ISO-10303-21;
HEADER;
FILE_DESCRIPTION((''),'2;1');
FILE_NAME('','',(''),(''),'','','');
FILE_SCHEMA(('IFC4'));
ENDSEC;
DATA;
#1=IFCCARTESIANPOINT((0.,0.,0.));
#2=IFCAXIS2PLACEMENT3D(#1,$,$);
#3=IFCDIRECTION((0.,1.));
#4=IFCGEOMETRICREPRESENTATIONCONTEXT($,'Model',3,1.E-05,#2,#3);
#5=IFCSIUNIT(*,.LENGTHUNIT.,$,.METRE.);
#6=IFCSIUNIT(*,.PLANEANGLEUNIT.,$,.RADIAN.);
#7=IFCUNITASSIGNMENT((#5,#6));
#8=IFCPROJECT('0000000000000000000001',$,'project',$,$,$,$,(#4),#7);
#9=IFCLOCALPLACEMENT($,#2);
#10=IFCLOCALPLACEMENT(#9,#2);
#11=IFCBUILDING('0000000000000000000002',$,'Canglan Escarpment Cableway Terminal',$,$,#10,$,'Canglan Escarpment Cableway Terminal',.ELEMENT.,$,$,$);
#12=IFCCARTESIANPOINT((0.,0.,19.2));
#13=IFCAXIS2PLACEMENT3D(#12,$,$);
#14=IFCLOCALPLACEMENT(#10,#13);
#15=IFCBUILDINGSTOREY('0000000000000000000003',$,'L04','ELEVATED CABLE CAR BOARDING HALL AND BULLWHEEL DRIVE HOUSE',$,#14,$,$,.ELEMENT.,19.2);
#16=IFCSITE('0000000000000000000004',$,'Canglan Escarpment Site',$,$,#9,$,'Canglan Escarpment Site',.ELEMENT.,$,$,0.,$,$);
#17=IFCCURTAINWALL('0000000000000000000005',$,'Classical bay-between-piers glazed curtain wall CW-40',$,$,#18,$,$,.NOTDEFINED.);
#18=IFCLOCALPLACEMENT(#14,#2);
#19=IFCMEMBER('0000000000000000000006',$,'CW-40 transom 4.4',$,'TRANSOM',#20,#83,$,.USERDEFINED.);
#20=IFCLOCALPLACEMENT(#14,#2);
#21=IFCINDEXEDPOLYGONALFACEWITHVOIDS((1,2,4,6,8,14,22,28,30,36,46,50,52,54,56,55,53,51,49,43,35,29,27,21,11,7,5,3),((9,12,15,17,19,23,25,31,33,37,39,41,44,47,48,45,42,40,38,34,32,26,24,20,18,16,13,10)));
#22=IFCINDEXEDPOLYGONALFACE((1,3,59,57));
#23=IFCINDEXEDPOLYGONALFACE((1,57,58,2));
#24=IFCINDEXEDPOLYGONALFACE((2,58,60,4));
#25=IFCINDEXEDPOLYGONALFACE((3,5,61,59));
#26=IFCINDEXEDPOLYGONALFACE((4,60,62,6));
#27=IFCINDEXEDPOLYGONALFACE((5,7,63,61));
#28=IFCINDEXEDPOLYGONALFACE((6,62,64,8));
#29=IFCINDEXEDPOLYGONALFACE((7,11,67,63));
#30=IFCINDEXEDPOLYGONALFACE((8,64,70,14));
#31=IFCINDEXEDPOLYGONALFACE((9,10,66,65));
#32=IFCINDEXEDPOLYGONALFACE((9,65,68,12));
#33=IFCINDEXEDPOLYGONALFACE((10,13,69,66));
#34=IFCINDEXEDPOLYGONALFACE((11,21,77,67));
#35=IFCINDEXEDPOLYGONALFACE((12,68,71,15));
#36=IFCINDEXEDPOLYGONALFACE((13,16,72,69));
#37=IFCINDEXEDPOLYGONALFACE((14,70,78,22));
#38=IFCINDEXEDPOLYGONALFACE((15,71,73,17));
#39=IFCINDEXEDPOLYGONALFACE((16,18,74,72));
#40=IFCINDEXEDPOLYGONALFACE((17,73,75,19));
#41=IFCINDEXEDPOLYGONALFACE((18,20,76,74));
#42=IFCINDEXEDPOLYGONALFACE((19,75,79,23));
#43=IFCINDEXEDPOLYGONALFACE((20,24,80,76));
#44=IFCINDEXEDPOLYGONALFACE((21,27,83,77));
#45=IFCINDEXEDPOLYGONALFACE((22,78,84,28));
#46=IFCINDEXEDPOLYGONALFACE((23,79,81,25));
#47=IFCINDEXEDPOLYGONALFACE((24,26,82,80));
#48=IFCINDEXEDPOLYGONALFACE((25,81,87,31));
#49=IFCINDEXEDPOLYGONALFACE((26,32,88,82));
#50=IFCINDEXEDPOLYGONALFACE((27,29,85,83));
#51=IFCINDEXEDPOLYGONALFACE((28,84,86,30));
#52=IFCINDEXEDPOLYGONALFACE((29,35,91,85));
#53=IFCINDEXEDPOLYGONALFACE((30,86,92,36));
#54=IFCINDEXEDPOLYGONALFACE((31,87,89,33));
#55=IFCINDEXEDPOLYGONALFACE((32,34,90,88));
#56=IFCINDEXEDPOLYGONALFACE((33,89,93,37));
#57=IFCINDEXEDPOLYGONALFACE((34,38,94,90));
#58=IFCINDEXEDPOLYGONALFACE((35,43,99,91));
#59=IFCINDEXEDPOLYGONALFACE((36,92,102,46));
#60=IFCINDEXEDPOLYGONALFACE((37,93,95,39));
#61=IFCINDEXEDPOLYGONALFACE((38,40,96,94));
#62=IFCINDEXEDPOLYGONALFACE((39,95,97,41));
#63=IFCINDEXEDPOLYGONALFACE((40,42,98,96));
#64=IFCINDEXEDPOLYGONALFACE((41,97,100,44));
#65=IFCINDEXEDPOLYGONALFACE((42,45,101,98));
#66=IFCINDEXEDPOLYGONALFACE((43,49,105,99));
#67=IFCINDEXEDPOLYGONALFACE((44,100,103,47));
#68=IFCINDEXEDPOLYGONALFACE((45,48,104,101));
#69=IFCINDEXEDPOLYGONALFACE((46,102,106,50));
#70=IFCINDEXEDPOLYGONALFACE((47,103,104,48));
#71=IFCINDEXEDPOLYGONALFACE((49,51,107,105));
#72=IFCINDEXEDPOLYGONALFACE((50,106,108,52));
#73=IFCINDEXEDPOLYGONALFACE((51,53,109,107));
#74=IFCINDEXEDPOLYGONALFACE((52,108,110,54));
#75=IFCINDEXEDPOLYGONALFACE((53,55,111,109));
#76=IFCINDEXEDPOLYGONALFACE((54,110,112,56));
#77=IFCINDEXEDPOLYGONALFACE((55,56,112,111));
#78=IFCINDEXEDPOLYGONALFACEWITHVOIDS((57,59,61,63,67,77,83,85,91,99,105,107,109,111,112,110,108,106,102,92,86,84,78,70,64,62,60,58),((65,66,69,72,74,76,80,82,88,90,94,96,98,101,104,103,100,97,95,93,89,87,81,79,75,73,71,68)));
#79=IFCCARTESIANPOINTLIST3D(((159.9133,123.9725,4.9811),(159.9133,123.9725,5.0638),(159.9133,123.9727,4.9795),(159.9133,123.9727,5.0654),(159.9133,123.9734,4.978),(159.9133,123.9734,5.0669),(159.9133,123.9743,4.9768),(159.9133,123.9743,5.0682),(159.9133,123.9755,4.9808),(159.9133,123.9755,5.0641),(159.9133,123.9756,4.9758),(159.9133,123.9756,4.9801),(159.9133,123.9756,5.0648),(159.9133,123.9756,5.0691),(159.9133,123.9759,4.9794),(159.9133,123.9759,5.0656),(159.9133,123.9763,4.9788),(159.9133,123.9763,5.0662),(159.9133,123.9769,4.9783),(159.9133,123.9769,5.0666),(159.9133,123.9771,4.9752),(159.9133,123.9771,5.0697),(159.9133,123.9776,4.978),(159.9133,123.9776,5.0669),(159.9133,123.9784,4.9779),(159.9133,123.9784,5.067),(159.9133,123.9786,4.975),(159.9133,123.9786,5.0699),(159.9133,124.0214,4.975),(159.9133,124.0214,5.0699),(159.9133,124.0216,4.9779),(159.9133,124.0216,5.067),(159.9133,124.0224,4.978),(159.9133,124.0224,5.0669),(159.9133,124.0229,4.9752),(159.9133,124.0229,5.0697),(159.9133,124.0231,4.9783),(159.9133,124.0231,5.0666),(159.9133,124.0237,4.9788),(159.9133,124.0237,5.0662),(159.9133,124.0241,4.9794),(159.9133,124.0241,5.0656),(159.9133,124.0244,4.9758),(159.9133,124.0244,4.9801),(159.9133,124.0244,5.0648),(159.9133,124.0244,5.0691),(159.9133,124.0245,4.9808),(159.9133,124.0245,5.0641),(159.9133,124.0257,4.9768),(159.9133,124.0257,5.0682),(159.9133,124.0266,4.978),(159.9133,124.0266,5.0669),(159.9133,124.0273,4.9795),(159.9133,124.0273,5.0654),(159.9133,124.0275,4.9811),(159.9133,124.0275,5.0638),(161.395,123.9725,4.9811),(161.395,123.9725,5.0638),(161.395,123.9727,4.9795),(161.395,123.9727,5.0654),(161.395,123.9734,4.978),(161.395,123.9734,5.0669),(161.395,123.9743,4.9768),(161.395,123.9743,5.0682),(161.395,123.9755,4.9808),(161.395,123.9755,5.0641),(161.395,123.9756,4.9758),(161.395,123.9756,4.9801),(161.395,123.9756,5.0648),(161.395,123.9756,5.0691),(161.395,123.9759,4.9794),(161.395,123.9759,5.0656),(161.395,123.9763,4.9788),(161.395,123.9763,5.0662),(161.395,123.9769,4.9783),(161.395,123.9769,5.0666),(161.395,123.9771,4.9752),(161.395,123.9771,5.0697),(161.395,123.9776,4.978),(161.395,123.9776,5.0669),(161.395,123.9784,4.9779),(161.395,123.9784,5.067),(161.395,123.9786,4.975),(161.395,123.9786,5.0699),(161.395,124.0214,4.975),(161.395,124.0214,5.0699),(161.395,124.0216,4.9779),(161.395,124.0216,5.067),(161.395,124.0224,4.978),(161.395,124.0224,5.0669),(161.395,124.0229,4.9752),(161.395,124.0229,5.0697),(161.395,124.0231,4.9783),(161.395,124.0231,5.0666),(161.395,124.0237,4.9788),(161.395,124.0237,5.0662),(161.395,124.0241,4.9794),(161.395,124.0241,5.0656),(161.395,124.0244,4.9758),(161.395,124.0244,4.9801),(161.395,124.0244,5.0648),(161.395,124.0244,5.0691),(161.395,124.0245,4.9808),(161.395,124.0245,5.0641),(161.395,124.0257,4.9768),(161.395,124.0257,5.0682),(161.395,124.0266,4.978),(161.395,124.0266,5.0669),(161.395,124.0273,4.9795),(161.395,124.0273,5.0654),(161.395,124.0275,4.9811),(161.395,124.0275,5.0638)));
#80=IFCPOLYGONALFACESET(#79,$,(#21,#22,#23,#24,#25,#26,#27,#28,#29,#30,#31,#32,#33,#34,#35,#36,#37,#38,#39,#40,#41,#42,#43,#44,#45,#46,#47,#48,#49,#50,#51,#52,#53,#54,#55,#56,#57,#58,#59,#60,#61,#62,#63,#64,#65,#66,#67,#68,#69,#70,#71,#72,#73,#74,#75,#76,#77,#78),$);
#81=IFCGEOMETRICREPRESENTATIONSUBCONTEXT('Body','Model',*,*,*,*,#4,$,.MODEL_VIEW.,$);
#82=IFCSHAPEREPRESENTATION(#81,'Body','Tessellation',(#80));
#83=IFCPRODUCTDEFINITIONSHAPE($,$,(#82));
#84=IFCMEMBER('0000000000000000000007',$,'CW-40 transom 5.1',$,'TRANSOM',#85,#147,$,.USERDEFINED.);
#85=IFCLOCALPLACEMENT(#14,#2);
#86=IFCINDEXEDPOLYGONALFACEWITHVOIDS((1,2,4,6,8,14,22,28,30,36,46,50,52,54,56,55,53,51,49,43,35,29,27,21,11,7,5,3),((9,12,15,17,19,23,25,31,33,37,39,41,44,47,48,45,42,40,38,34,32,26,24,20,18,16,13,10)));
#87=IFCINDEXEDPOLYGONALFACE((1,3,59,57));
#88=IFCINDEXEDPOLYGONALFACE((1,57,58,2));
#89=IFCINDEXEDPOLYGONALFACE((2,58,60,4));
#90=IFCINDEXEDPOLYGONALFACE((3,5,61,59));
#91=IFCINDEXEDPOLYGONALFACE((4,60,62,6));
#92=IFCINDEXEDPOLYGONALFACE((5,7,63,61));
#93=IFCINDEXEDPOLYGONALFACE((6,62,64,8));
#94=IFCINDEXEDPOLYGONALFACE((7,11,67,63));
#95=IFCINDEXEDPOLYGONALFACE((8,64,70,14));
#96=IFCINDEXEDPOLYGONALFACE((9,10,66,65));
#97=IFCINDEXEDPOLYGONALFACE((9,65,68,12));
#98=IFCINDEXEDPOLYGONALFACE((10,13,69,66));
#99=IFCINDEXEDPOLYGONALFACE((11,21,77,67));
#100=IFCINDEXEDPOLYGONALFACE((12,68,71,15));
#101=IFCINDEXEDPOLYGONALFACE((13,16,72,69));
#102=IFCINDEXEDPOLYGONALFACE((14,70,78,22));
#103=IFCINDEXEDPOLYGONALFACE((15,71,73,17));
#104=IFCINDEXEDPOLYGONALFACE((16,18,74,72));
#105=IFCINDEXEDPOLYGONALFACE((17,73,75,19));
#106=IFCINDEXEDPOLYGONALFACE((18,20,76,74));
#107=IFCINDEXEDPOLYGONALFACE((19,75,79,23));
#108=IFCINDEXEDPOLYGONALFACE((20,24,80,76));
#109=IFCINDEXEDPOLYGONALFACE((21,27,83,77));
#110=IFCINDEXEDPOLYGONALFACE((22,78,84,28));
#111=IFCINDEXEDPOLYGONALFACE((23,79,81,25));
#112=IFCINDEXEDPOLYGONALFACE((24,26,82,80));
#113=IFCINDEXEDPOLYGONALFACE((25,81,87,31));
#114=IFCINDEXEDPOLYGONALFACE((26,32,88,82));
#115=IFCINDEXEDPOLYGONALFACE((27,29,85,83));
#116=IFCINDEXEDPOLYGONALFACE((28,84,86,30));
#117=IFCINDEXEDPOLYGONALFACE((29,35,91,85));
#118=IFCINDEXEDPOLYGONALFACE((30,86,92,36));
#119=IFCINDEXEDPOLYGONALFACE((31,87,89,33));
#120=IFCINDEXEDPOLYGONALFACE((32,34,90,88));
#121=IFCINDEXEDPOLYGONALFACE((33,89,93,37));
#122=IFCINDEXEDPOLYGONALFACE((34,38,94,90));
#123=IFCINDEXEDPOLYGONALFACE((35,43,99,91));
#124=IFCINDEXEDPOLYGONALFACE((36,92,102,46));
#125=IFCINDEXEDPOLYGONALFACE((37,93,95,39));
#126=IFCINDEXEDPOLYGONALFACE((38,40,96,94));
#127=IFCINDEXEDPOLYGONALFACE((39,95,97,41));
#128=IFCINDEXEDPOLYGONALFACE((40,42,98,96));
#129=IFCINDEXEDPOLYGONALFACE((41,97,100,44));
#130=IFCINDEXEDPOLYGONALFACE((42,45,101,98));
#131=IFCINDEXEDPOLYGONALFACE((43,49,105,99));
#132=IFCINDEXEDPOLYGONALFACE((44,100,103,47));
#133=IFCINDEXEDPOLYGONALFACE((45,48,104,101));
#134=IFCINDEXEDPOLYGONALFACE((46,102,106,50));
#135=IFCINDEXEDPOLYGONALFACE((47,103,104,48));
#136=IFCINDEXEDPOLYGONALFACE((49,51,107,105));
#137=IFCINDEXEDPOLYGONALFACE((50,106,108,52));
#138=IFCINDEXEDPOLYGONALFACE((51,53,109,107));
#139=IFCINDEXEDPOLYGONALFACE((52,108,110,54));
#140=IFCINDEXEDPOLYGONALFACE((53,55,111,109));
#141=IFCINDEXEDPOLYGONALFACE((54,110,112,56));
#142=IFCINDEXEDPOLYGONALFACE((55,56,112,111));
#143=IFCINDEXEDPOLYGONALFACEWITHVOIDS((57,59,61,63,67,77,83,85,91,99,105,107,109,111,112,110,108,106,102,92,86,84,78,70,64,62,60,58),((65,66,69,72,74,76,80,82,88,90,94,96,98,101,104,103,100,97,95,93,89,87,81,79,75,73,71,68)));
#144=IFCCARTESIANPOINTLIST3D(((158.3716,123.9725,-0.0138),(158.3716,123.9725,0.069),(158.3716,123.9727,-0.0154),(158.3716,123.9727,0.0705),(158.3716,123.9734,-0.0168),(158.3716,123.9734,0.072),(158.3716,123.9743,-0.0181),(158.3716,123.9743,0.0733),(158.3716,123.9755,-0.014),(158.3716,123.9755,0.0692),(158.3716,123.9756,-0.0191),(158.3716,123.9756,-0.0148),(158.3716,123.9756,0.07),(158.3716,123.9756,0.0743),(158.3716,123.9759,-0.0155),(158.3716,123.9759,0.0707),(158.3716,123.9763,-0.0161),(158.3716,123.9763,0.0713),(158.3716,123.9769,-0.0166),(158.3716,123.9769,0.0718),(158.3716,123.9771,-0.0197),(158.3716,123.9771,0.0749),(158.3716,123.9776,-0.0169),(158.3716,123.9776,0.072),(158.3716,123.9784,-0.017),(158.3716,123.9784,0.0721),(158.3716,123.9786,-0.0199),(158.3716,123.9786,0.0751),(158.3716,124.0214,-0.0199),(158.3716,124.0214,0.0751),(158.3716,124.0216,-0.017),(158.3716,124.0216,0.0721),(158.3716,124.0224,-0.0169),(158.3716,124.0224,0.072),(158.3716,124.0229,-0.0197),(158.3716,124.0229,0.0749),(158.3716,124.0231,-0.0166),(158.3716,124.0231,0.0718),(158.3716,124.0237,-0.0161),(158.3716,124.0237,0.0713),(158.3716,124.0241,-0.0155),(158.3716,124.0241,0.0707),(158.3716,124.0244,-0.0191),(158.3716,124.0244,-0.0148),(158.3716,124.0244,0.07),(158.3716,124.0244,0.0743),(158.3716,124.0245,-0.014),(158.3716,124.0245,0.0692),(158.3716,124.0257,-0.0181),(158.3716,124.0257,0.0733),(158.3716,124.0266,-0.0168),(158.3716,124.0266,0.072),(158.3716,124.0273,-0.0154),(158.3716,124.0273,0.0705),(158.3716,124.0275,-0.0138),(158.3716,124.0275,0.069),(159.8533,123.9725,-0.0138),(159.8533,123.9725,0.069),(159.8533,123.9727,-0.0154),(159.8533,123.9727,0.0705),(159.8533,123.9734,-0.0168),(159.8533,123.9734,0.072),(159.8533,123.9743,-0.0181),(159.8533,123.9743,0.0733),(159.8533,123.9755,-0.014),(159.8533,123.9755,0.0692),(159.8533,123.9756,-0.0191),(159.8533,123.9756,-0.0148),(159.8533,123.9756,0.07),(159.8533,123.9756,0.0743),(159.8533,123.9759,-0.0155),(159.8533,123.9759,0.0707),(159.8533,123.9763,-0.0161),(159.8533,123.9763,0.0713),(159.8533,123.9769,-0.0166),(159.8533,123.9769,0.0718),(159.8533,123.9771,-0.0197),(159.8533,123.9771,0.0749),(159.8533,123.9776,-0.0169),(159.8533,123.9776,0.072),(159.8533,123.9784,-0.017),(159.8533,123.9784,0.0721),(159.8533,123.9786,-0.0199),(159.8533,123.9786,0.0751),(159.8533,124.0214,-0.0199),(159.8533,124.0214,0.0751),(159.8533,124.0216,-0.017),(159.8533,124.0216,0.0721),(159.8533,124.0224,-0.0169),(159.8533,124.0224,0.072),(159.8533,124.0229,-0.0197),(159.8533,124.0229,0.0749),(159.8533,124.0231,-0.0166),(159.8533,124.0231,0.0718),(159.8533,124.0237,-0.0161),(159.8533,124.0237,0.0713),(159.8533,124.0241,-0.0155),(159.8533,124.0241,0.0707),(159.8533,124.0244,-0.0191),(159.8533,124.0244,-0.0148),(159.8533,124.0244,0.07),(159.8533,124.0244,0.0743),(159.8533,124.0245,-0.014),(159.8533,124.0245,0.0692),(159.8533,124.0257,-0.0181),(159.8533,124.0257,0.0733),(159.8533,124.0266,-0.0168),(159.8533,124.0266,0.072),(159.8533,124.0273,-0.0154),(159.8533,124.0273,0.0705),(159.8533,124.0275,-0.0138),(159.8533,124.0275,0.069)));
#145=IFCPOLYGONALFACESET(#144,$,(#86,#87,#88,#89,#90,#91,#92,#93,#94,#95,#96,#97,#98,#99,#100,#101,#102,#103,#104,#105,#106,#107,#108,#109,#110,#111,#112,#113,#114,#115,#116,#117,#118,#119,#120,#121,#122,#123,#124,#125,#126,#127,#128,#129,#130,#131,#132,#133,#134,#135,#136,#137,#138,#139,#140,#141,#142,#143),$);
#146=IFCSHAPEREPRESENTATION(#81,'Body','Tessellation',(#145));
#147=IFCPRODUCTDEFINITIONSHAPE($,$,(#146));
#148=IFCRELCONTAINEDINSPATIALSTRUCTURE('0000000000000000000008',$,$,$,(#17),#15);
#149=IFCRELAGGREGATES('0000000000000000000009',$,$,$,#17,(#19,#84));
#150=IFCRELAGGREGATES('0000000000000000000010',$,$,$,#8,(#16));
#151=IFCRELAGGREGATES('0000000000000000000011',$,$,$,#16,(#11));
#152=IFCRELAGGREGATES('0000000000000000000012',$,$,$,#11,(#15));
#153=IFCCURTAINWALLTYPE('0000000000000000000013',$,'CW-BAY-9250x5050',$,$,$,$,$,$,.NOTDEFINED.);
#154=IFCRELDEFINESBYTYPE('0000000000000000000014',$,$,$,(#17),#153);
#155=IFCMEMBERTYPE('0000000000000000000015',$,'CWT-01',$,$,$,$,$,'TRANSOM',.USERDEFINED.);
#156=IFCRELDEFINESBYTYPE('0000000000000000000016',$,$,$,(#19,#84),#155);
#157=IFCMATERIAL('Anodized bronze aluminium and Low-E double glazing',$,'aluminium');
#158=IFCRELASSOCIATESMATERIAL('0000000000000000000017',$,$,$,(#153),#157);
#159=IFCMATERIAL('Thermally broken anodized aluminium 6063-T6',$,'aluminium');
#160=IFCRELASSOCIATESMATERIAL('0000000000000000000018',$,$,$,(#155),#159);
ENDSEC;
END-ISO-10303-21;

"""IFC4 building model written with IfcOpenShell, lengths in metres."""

from ifc_helpers import new_model, si_unit, direction, frame, origin, origin_2d, place, context, subcontext, project, spatial, hollow_rectangle, extrude, material, material_profile, profile_set, type_object, element, aggregate, save


model = new_model("IFC4")

# Units and contexts
model_context = context("Model", 3, precision=1e-05, world=origin(), true_north=direction((0.0, 1.0)))
body_context = subcontext(model_context, "Body", "Model", "MODEL_VIEW")
ifc_project = project(units=[si_unit("LENGTHUNIT", "METRE"), si_unit("PLANEANGLEUNIT", "RADIAN")], contexts=[model_context])

# Site, building, storey
site_placement = place(None, origin())
site = spatial("IfcSite", under=ifc_project, at=site_placement, Name="Canglan Escarpment Site", LongName="Canglan Escarpment Site", CompositionType="ELEMENT", RefElevation=0.0)
building_placement = place(site_placement, origin())
building = spatial("IfcBuilding", under=site, at=building_placement, Name="Canglan Escarpment Cableway Terminal", LongName="Canglan Escarpment Cableway Terminal", CompositionType="ELEMENT")
storey_placement = place(building_placement, frame((0.0, 0.0, 19.2)))
storey = spatial("IfcBuildingStorey", under=building, at=storey_placement, Name="L04", Description="ELEVATED CABLE CAR BOARDING HALL AND BULLWHEEL DRIVE HOUSE", CompositionType="ELEMENT", Elevation=19.2)

# Curtain wall
ifc_material_1 = material(Name="Anodized bronze aluminium and Low-E double glazing", Category="aluminium")
curtain_wall_type = type_object("IfcCurtainWallType", Name="CW-BAY-9250x5050", PredefinedType="NOTDEFINED", material=ifc_material_1)
curtain_wall_1_placement = place(storey_placement, origin())
curtain_wall_1 = element("IfcCurtainWall", 1, at=curtain_wall_1_placement, inside=storey, type_object=curtain_wall_type, Name="Classical bay-between-piers glazed curtain wall CW-40", PredefinedType="NOTDEFINED")
ifc_material_2 = material(Name="Thermally broken anodized aluminium 6063-T6", Category="aluminium")

# Members
ifc_material_profile_1 = material_profile(ifc_material_2, hollow_rectangle(XDim=0.0549, YDim=0.095, WallThickness=0.0029, InnerFilletRadius=0.0029, OuterFilletRadius=0.0061, at=origin_2d()), Name="ALU-TRAN 55x95x3")
ifc_profile_set_1 = profile_set([ifc_material_profile_1], Name="Thermally broken anodized aluminium 6063-T6")
member_type_1 = type_object("IfcMemberType", Name="CWT-01", ElementType="TRANSOM", PredefinedType="USERDEFINED", material=ifc_profile_set_1)
member_1_placement = place(storey_placement, frame((161.395, 124.0, 5.0225), z_axis=(-1.0, 0.0, 0.0), x_axis=(0.0, -1.0, 0.0)))
member_1 = element("IfcMember", 2, at=member_1_placement, type_object=member_type_1, Name="CW-40 transom 4.4", ObjectType="TRANSOM", PredefinedType="USERDEFINED", context=body_context, shape_type="SweptSolid", body=[
    extrude(hollow_rectangle(XDim=0.0549, YDim=0.095, WallThickness=0.0029, InnerFilletRadius=0.0029, OuterFilletRadius=0.0061, at=origin_2d()), origin(), (0.0, 0.0, 1.0), 1.4817),
])
member_2_placement = place(storey_placement, frame((159.8533, 124.0, 0.0276), z_axis=(-1.0, 0.0, 0.0), x_axis=(0.0, -1.0, 0.0)))
member_2 = element("IfcMember", 3, at=member_2_placement, type_object=member_type_1, Name="CW-40 transom 5.1", ObjectType="TRANSOM", PredefinedType="USERDEFINED", context=body_context, shape_type="SweptSolid", body=[
    extrude(hollow_rectangle(XDim=0.0549, YDim=0.095, WallThickness=0.0029, InnerFilletRadius=0.0029, OuterFilletRadius=0.0061, at=origin_2d()), origin(), (0.0, 0.0, 1.0), 1.4817),
])

aggregate(curtain_wall_1, [member_1, member_2])

save(model, "model.ifc")
